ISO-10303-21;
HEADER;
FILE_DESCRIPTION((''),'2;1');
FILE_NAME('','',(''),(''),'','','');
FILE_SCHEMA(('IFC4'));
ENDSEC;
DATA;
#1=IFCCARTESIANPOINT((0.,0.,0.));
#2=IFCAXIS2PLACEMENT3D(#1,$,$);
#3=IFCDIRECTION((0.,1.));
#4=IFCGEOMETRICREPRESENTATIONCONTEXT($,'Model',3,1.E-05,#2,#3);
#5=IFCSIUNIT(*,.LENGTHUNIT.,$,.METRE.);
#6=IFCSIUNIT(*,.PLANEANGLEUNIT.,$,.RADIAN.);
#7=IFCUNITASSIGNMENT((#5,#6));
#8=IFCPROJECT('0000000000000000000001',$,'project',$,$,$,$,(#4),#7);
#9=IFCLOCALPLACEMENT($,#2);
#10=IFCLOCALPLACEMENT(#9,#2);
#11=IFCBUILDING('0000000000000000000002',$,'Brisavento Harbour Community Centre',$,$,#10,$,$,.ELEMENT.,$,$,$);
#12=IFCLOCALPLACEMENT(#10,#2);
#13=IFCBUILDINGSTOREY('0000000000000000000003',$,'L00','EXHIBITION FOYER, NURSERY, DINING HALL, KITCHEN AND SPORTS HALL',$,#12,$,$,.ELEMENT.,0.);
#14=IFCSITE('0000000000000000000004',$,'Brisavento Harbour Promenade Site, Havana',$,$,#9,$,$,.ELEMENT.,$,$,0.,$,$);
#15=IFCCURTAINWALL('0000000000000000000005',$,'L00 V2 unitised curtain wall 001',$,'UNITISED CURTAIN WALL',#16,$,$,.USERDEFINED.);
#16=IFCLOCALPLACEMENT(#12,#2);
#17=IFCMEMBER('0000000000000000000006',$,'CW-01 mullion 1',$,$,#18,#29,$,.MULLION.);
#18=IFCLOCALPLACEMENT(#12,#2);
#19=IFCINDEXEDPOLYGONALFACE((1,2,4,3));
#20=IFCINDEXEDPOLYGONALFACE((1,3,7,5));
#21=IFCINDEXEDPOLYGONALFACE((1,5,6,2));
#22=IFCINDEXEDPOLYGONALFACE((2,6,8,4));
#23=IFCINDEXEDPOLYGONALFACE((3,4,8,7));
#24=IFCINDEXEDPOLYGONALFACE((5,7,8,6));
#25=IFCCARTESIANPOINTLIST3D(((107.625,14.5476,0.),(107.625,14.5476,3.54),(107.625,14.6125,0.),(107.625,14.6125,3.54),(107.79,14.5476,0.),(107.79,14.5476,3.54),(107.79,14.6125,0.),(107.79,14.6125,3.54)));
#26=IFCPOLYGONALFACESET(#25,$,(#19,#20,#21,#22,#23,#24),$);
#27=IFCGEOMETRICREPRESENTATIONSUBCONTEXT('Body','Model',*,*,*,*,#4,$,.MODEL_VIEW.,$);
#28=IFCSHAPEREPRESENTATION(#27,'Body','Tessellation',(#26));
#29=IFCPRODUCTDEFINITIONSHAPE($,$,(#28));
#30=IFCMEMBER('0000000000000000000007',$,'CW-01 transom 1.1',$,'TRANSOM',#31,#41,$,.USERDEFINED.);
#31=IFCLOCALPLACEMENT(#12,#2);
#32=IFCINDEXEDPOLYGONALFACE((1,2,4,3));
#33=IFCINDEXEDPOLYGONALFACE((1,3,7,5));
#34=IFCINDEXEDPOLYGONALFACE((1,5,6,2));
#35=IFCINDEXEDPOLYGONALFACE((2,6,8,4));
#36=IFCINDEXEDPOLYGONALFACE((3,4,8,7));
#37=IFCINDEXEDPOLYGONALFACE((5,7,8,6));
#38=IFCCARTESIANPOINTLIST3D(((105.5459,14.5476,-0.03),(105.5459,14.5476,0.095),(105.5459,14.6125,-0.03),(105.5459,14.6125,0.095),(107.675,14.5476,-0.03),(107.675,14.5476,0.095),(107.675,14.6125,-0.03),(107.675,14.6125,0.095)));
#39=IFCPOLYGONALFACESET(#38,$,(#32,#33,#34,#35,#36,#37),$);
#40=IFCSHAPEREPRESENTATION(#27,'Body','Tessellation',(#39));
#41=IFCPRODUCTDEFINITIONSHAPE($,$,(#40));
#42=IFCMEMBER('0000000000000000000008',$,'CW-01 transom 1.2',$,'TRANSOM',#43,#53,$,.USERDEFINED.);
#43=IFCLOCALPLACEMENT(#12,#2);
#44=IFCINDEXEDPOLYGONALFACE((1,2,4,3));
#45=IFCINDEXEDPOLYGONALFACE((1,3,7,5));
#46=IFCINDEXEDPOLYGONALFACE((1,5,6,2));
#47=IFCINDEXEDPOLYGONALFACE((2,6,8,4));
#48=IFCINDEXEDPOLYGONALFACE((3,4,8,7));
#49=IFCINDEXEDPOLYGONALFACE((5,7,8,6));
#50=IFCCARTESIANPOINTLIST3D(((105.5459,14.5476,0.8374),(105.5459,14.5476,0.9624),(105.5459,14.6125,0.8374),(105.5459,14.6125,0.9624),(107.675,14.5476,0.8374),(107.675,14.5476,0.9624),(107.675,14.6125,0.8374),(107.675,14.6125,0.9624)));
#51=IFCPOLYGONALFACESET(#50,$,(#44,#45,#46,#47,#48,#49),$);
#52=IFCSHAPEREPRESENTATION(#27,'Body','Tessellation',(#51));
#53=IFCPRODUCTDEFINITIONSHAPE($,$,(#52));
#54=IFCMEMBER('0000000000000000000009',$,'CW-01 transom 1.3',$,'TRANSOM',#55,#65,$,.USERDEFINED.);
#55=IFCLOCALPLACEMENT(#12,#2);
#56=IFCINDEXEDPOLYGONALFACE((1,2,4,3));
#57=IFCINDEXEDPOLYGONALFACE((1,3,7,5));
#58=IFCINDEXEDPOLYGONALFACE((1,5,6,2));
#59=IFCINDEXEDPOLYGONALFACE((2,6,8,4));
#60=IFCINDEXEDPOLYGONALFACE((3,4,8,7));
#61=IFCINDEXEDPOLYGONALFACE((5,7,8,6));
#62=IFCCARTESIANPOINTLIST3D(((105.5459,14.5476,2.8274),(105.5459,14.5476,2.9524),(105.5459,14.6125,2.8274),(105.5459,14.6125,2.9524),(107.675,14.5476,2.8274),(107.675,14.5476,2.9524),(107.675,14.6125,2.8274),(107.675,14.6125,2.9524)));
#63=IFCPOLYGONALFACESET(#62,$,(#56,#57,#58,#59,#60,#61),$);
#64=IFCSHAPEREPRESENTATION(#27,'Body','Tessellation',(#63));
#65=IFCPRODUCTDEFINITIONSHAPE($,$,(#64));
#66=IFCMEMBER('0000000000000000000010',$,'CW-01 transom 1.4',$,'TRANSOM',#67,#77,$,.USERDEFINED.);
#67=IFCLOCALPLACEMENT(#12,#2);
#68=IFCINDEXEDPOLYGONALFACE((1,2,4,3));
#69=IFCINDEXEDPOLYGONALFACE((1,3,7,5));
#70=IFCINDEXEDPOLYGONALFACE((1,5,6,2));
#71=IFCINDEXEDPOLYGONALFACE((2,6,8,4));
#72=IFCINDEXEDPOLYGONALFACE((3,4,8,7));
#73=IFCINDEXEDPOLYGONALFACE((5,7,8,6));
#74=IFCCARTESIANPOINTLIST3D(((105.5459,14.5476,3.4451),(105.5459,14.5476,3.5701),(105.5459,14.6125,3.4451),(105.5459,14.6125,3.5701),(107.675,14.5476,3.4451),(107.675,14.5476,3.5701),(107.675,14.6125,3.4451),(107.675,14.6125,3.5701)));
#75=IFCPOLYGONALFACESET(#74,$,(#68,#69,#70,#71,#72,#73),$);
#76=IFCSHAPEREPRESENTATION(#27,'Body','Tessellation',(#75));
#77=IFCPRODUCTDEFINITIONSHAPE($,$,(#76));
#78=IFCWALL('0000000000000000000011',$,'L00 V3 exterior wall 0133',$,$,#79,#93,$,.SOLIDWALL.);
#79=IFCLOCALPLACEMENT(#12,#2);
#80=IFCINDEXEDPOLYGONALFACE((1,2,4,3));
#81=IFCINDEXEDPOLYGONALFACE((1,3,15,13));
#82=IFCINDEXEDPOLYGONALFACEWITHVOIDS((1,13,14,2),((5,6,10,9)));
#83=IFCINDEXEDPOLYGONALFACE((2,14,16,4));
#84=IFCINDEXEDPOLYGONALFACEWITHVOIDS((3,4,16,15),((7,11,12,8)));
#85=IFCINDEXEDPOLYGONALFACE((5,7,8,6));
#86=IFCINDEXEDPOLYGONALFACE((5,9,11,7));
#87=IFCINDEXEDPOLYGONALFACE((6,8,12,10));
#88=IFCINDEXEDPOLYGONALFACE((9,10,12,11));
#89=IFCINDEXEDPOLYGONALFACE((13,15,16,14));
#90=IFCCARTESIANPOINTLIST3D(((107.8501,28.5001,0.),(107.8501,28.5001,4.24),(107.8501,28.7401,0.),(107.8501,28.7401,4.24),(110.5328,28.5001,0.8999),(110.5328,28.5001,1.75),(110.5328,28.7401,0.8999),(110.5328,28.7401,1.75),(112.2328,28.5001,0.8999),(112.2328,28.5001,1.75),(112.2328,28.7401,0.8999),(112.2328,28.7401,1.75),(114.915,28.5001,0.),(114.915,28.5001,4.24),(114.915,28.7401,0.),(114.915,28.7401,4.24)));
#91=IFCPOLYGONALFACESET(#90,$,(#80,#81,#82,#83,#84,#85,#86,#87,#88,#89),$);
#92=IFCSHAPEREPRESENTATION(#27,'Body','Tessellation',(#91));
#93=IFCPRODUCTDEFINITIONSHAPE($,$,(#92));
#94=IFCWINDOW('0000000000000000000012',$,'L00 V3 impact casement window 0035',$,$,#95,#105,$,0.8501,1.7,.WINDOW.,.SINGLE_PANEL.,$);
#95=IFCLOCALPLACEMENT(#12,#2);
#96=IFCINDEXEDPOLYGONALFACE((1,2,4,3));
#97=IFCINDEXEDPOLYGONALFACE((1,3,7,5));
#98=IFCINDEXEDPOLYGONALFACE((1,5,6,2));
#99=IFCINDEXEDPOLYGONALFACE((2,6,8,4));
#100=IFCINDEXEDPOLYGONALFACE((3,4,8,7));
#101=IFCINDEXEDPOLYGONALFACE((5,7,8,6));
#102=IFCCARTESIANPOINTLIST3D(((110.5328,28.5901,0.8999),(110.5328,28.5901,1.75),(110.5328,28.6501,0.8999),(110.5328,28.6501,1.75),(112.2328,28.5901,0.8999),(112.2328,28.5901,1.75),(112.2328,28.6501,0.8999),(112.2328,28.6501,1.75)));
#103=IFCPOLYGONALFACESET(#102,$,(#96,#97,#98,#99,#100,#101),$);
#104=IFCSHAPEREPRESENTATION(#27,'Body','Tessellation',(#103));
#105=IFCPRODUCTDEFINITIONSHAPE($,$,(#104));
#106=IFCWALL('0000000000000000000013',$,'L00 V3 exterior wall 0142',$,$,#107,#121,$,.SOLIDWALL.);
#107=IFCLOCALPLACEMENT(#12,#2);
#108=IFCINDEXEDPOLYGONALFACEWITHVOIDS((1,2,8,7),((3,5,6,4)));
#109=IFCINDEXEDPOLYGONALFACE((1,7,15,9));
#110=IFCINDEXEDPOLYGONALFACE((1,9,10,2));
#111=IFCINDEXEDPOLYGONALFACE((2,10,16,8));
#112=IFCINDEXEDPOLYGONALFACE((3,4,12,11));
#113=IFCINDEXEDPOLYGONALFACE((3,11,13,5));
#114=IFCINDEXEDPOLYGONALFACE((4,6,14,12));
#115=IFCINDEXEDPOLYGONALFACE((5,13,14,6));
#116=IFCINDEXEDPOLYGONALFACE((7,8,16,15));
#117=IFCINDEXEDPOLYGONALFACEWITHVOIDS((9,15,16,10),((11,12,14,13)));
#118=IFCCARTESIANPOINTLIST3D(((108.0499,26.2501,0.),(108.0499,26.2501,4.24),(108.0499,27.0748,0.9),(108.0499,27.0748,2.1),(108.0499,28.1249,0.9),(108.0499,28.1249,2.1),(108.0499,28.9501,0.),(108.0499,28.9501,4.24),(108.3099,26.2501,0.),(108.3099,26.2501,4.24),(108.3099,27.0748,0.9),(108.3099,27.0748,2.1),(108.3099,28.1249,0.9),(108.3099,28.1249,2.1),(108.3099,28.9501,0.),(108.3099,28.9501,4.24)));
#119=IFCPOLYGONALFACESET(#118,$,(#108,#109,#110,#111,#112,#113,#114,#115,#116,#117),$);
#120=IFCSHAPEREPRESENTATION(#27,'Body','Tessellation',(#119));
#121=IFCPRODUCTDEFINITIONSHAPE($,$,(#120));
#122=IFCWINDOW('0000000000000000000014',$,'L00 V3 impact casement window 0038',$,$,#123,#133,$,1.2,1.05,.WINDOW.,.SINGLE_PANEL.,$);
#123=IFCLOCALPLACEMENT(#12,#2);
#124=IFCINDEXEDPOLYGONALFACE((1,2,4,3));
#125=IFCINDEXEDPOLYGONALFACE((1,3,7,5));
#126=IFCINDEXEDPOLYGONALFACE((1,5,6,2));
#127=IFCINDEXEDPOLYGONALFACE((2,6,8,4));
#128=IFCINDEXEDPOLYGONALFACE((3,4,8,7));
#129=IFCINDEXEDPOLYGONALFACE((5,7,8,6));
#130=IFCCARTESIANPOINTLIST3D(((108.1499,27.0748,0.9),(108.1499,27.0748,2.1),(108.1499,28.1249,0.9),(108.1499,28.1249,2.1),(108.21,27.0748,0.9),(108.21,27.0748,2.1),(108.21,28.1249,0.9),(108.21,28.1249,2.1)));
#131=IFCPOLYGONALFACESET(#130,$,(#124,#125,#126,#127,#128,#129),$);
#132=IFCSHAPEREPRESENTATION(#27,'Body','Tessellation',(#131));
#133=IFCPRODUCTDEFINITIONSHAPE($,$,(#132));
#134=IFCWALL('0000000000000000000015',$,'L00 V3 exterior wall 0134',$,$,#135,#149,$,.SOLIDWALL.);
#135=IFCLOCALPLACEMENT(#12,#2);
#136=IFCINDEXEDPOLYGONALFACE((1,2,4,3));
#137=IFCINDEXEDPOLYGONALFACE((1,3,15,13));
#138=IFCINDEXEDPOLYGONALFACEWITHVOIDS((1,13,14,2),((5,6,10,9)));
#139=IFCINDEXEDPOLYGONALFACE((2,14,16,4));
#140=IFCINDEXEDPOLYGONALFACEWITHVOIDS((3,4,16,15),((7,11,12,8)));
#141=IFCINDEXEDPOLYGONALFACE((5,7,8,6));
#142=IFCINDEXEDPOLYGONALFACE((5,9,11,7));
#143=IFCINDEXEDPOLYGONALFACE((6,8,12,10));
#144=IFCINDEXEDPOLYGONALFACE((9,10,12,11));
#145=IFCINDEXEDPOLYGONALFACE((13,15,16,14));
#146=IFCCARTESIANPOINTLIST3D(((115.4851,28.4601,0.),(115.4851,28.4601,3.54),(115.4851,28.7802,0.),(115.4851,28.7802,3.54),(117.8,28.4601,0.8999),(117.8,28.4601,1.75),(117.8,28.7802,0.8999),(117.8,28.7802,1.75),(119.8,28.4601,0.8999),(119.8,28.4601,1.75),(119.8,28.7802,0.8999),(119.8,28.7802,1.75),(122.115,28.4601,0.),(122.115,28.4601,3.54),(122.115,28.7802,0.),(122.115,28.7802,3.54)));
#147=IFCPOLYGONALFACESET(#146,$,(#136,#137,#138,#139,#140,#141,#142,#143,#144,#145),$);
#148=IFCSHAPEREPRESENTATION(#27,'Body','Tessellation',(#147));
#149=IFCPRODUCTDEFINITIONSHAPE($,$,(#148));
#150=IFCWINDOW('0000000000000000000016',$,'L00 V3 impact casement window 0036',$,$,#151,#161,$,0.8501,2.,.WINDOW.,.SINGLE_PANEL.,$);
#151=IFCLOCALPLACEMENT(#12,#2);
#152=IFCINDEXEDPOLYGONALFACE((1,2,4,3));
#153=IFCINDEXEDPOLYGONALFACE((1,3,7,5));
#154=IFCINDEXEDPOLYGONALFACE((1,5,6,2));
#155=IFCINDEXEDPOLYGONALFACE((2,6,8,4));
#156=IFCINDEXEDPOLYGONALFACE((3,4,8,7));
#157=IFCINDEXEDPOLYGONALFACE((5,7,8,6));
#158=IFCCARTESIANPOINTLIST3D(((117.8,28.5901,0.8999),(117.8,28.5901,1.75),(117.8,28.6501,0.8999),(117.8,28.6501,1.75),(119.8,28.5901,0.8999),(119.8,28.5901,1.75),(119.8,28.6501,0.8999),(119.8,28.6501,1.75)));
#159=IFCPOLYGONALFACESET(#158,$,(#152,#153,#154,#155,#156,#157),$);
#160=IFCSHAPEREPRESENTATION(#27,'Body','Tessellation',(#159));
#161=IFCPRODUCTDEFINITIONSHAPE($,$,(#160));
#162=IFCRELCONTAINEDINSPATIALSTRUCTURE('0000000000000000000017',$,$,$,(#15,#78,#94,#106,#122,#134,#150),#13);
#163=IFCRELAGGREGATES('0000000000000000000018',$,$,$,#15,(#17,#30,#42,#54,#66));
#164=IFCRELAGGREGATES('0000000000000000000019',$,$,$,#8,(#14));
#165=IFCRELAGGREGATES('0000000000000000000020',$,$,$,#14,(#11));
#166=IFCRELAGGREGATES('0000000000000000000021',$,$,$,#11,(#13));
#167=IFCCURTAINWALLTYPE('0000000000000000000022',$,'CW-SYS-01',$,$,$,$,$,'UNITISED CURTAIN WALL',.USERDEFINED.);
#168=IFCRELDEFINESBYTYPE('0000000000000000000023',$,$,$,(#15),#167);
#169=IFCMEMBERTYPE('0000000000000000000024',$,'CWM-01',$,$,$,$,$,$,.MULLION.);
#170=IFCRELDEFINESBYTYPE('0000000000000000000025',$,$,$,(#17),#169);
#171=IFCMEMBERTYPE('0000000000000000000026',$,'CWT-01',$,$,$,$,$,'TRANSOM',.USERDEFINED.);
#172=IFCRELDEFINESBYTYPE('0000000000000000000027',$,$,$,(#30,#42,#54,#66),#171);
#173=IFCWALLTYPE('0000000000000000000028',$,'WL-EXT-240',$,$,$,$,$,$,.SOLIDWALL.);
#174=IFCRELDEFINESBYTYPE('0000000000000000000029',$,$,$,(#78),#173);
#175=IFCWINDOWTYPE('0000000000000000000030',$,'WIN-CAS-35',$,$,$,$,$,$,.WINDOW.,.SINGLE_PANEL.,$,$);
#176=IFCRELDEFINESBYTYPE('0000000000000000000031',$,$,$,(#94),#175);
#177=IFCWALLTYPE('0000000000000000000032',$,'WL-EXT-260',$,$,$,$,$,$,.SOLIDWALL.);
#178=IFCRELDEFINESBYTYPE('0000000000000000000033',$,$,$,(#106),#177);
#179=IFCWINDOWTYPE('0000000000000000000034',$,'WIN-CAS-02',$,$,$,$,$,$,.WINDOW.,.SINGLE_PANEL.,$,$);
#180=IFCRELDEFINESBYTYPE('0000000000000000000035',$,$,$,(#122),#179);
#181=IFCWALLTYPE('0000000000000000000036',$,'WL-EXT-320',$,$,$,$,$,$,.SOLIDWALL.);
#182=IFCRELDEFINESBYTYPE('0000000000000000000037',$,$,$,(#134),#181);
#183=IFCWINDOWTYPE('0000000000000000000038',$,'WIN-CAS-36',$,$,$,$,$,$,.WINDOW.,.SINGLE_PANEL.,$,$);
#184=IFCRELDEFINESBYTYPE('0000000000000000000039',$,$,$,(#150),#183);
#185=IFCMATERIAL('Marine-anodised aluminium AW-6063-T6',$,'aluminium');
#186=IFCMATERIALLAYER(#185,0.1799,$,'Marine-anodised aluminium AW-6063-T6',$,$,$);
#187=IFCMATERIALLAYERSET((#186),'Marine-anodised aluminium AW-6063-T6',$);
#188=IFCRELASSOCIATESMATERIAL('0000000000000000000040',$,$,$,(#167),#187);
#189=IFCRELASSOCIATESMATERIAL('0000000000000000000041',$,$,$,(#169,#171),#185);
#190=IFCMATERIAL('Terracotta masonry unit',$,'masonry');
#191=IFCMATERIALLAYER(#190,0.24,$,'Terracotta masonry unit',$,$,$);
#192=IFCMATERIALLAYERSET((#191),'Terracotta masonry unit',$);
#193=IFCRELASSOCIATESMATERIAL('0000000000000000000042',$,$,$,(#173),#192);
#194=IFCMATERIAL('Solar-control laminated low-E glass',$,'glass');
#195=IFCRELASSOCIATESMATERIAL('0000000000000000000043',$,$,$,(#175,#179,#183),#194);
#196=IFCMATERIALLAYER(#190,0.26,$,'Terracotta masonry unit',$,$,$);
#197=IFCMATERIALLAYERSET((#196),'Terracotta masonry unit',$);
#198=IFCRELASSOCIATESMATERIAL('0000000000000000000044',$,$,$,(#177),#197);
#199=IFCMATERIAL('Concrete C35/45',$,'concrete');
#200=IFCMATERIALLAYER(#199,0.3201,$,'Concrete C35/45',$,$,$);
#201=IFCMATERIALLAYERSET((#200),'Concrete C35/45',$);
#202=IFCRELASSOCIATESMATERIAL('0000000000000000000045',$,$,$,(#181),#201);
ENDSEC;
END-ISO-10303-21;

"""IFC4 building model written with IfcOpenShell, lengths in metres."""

from ifc_helpers import new_model, si_unit, direction, frame, frame_2d, origin, origin_2d, place, context, subcontext, project, spatial, rectangle, extrude, material, layer, layer_set, material_profile, profile_set, type_object, element, fill, aggregate, save


model = new_model("IFC4")

# Units and contexts
model_context = context("Model", 3, precision=1e-05, world=origin(), true_north=direction((0.0, 1.0)))
body_context = subcontext(model_context, "Body", "Model", "MODEL_VIEW")
ifc_project = project(units=[si_unit("LENGTHUNIT", "METRE"), si_unit("PLANEANGLEUNIT", "RADIAN")], contexts=[model_context])

# Site, building, storey
site_placement = place(None, origin())
site = spatial("IfcSite", under=ifc_project, at=site_placement, Name="Brisavento Harbour Promenade Site, Havana", CompositionType="ELEMENT", RefElevation=0.0)
building_placement = place(site_placement, origin())
building = spatial("IfcBuilding", under=site, at=building_placement, Name="Brisavento Harbour Community Centre", CompositionType="ELEMENT")
storey_placement = place(building_placement, origin())
storey = spatial("IfcBuildingStorey", under=building, at=storey_placement, Name="L00", Description="EXHIBITION FOYER, NURSERY, DINING HALL, KITCHEN AND SPORTS HALL", CompositionType="ELEMENT", Elevation=0.0)

# Shared definitions
ifc_material_1 = material(Name="Concrete C35/45", Category="concrete")

# Curtain wall, members
ifc_material_2 = material(Name="Marine-anodised aluminium AW-6063-T6", Category="aluminium")
ifc_layer_1 = layer(ifc_material_2, 0.1799, Name="Marine-anodised aluminium AW-6063-T6")
ifc_layer_set_1 = layer_set([ifc_layer_1], Name="Marine-anodised aluminium AW-6063-T6")
curtain_wall_type = type_object("IfcCurtainWallType", Name="CW-SYS-01", ElementType="UNITISED CURTAIN WALL", PredefinedType="USERDEFINED", material=ifc_layer_set_1)
curtain_wall_placement = place(storey_placement, origin())
curtain_wall = element("IfcCurtainWall", 1, at=curtain_wall_placement, inside=storey, type_object=curtain_wall_type, Name="L00 V2 unitised curtain wall 001", ObjectType="UNITISED CURTAIN WALL", PredefinedType="USERDEFINED")
ifc_material_profile_1 = material_profile(ifc_material_2, rectangle(XDim=0.0649, YDim=0.165, at=origin_2d()), Name="Marine-anodised aluminium AW-6063-T6")
ifc_profile_set_1 = profile_set([ifc_material_profile_1], Name="Marine-anodised aluminium AW-6063-T6")
member_type_1 = type_object("IfcMemberType", Name="CWM-01", PredefinedType="MULLION", material=ifc_profile_set_1)
member_1_placement = place(storey_placement, frame((107.7075, 14.5801, 0.0), z_axis=(0.0, 0.0, 1.0), x_axis=(0.0, -1.0, 0.0)))
member_1 = element("IfcMember", 2, at=member_1_placement, type_object=member_type_1, Name="CW-01 mullion 1", PredefinedType="MULLION", context=body_context, shape_type="SweptSolid", body=[
    extrude(rectangle(XDim=0.0649, YDim=0.165, at=origin_2d()), origin(), (0.0, 0.0, 1.0), 3.54),
])
ifc_material_profile_2 = material_profile(ifc_material_2, rectangle(XDim=0.0649, YDim=0.125, at=origin_2d()), Name="Marine-anodised aluminium AW-6063-T6")
ifc_profile_set_2 = profile_set([ifc_material_profile_2], Name="Marine-anodised aluminium AW-6063-T6")
member_type_2 = type_object("IfcMemberType", Name="CWT-01", ElementType="TRANSOM", PredefinedType="USERDEFINED", material=ifc_profile_set_2)
member_2_placement = place(storey_placement, frame((107.675, 14.5801, 0.0325), z_axis=(-1.0, 0.0, 0.0), x_axis=(0.0, -1.0, 0.0)))
member_2 = element("IfcMember", 3, at=member_2_placement, type_object=member_type_2, Name="CW-01 transom 1.1", ObjectType="TRANSOM", PredefinedType="USERDEFINED", context=body_context, shape_type="SweptSolid", body=[
    extrude(rectangle(XDim=0.0649, YDim=0.125, at=origin_2d()), origin(), (0.0, 0.0, 1.0), 2.1292),
])
member_3_placement = place(storey_placement, frame((107.675, 14.5801, 0.8999), z_axis=(-1.0, 0.0, 0.0), x_axis=(0.0, -1.0, 0.0)))
member_3 = element("IfcMember", 4, at=member_3_placement, type_object=member_type_2, Name="CW-01 transom 1.2", ObjectType="TRANSOM", PredefinedType="USERDEFINED", context=body_context, shape_type="SweptSolid", body=[
    extrude(rectangle(XDim=0.0649, YDim=0.125, at=origin_2d()), origin(), (0.0, 0.0, 1.0), 2.1292),
])
member_4_placement = place(storey_placement, frame((107.675, 14.5801, 2.8899), z_axis=(-1.0, 0.0, 0.0), x_axis=(0.0, -1.0, 0.0)))
member_4 = element("IfcMember", 5, at=member_4_placement, type_object=member_type_2, Name="CW-01 transom 1.3", ObjectType="TRANSOM", PredefinedType="USERDEFINED", context=body_context, shape_type="SweptSolid", body=[
    extrude(rectangle(XDim=0.0649, YDim=0.125, at=origin_2d()), origin(), (0.0, 0.0, 1.0), 2.1292),
])
member_5_placement = place(storey_placement, frame((107.675, 14.5801, 3.5076), z_axis=(-1.0, 0.0, 0.0), x_axis=(0.0, -1.0, 0.0)))
member_5 = element("IfcMember", 6, at=member_5_placement, type_object=member_type_2, Name="CW-01 transom 1.4", ObjectType="TRANSOM", PredefinedType="USERDEFINED", context=body_context, shape_type="SweptSolid", body=[
    extrude(rectangle(XDim=0.0649, YDim=0.125, at=origin_2d()), origin(), (0.0, 0.0, 1.0), 2.1292),
])
aggregate(curtain_wall, [member_1, member_2, member_3, member_4, member_5])

# Walls, openings, windows
ifc_material_3 = material(Name="Terracotta masonry unit", Category="masonry")
ifc_layer_2 = layer(ifc_material_3, 0.24, Name="Terracotta masonry unit")
ifc_layer_set_2 = layer_set([ifc_layer_2], Name="Terracotta masonry unit")
wall_type_1 = type_object("IfcWallType", Name="WL-EXT-240", PredefinedType="SOLIDWALL", material=ifc_layer_set_2)
wall_1_placement = place(storey_placement, frame((107.8501, 28.6201, 0.0), z_axis=(0.0, 0.0, 1.0), x_axis=(1.0, 0.0, 0.0)))
wall_1 = element("IfcWall", 7, at=wall_1_placement, inside=storey, type_object=wall_type_1, Name="L00 V3 exterior wall 0133", PredefinedType="SOLIDWALL", context=body_context, shape_type="SweptSolid", body=[
    extrude(rectangle(XDim=7.0649, YDim=0.24, at=frame_2d((3.5325, 0.0))), origin(), (0.0, 0.0, 1.0), 4.24),
])
opening_1_placement = place(wall_1_placement, frame((2.6826, 0.0, 0.8999)))
opening_1 = element("IfcOpeningElement", 8, at=opening_1_placement, cuts=wall_1, PredefinedType="OPENING", context=body_context, shape_type="SweptSolid", body=[
    extrude(rectangle(XDim=1.7, YDim=0.8501, at=frame_2d((0.8501, 0.425))), frame((0.0, 0.1299, 0.0), z_axis=(0.0, -1.0, 0.0), x_axis=(1.0, 0.0, 0.0)), (0.0, 0.0, 1.0), 0.26),
])
ifc_material_4 = material(Name="Solar-control laminated low-E glass", Category="glass")
window_type_1 = type_object("IfcWindowType", Name="WIN-CAS-35", PartitioningType="SINGLE_PANEL", PredefinedType="WINDOW", material=ifc_material_4)
window_1_placement = place(opening_1_placement, origin())
window_1 = element("IfcWindow", 9, at=window_1_placement, inside=storey, type_object=window_type_1, Name="L00 V3 impact casement window 0035", OverallHeight=0.8501, OverallWidth=1.7, PartitioningType="SINGLE_PANEL", PredefinedType="WINDOW", context=body_context, shape_type="SweptSolid", body=[
    extrude(rectangle(XDim=1.7, YDim=0.8501, at=frame_2d((0.8501, 0.425))), frame((0.0, 0.03, 0.0), z_axis=(0.0, -1.0, 0.0), x_axis=(1.0, 0.0, 0.0)), (0.0, 0.0, 1.0), 0.0601),
])
fill(opening_1, window_1)
ifc_layer_3 = layer(ifc_material_3, 0.26, Name="Terracotta masonry unit")
ifc_layer_set_3 = layer_set([ifc_layer_3], Name="Terracotta masonry unit")
wall_type_2 = type_object("IfcWallType", Name="WL-EXT-260", PredefinedType="SOLIDWALL", material=ifc_layer_set_3)
wall_2_placement = place(storey_placement, frame((108.1799, 26.25, 0.0), z_axis=(0.0, 0.0, 1.0), x_axis=(0.0, 1.0, 0.0)))
wall_2 = element("IfcWall", 10, at=wall_2_placement, inside=storey, type_object=wall_type_2, Name="L00 V3 exterior wall 0142", PredefinedType="SOLIDWALL", context=body_context, shape_type="SweptSolid", body=[
    extrude(rectangle(XDim=2.7, YDim=0.26, at=frame_2d((1.3501, 0.0))), origin(), (0.0, 0.0, 1.0), 4.24),
])
opening_2_placement = place(wall_2_placement, frame((0.825, 0.0, 0.8999)))
opening_2 = element("IfcOpeningElement", 11, at=opening_2_placement, cuts=wall_2, PredefinedType="OPENING", context=body_context, shape_type="SweptSolid", body=[
    extrude(rectangle(XDim=1.05, YDim=1.2, at=frame_2d((0.5249, 0.6001))), frame((0.0, 0.1401, 0.0), z_axis=(0.0, -1.0, 0.0), x_axis=(1.0, 0.0, 0.0)), (0.0, 0.0, 1.0), 0.28),
])
window_type_2 = type_object("IfcWindowType", Name="WIN-CAS-02", PartitioningType="SINGLE_PANEL", PredefinedType="WINDOW", material=ifc_material_4)
window_2_placement = place(opening_2_placement, origin())
window_2 = element("IfcWindow", 12, at=window_2_placement, inside=storey, type_object=window_type_2, Name="L00 V3 impact casement window 0038", OverallHeight=1.2, OverallWidth=1.05, PartitioningType="SINGLE_PANEL", PredefinedType="WINDOW", context=body_context, shape_type="SweptSolid", body=[
    extrude(rectangle(XDim=1.05, YDim=1.2, at=frame_2d((0.5249, 0.6001))), frame((0.0, 0.03, 0.0), z_axis=(0.0, -1.0, 0.0), x_axis=(1.0, 0.0, 0.0)), (0.0, 0.0, 1.0), 0.0601),
])
fill(opening_2, window_2)
ifc_layer_4 = layer(ifc_material_1, 0.3201, Name="Concrete C35/45")
ifc_layer_set_4 = layer_set([ifc_layer_4], Name="Concrete C35/45")
wall_type_3 = type_object("IfcWallType", Name="WL-EXT-320", PredefinedType="SOLIDWALL", material=ifc_layer_set_4)
wall_3_placement = place(storey_placement, frame((115.4851, 28.6201, 0.0), z_axis=(0.0, 0.0, 1.0), x_axis=(1.0, 0.0, 0.0)))
wall_3 = element("IfcWall", 13, at=wall_3_placement, inside=storey, type_object=wall_type_3, Name="L00 V3 exterior wall 0134", PredefinedType="SOLIDWALL", context=body_context, shape_type="SweptSolid", body=[
    extrude(rectangle(XDim=6.6299, YDim=0.3201, at=frame_2d((3.3149, 0.0))), origin(), (0.0, 0.0, 1.0), 3.54),
])
opening_3_placement = place(wall_3_placement, frame((2.3149, 0.0, 0.8999)))
opening_3 = element("IfcOpeningElement", 14, at=opening_3_placement, cuts=wall_3, PredefinedType="OPENING", context=body_context, shape_type="SweptSolid", body=[
    extrude(rectangle(XDim=2.0, YDim=0.8501, at=frame_2d((1.0, 0.425))), frame((0.0, 0.1699, 0.0), z_axis=(0.0, -1.0, 0.0), x_axis=(1.0, 0.0, 0.0)), (0.0, 0.0, 1.0), 0.3401),
])
window_type_3 = type_object("IfcWindowType", Name="WIN-CAS-36", PartitioningType="SINGLE_PANEL", PredefinedType="WINDOW", material=ifc_material_4)
window_3_placement = place(opening_3_placement, origin())
window_3 = element("IfcWindow", 15, at=window_3_placement, inside=storey, type_object=window_type_3, Name="L00 V3 impact casement window 0036", OverallHeight=0.8501, OverallWidth=2.0, PartitioningType="SINGLE_PANEL", PredefinedType="WINDOW", context=body_context, shape_type="SweptSolid", body=[
    extrude(rectangle(XDim=2.0, YDim=0.8501, at=frame_2d((1.0, 0.425))), frame((0.0, 0.03, 0.0), z_axis=(0.0, -1.0, 0.0), x_axis=(1.0, 0.0, 0.0)), (0.0, 0.0, 1.0), 0.0601),
])
fill(opening_3, window_3)

save(model, "model.ifc")
